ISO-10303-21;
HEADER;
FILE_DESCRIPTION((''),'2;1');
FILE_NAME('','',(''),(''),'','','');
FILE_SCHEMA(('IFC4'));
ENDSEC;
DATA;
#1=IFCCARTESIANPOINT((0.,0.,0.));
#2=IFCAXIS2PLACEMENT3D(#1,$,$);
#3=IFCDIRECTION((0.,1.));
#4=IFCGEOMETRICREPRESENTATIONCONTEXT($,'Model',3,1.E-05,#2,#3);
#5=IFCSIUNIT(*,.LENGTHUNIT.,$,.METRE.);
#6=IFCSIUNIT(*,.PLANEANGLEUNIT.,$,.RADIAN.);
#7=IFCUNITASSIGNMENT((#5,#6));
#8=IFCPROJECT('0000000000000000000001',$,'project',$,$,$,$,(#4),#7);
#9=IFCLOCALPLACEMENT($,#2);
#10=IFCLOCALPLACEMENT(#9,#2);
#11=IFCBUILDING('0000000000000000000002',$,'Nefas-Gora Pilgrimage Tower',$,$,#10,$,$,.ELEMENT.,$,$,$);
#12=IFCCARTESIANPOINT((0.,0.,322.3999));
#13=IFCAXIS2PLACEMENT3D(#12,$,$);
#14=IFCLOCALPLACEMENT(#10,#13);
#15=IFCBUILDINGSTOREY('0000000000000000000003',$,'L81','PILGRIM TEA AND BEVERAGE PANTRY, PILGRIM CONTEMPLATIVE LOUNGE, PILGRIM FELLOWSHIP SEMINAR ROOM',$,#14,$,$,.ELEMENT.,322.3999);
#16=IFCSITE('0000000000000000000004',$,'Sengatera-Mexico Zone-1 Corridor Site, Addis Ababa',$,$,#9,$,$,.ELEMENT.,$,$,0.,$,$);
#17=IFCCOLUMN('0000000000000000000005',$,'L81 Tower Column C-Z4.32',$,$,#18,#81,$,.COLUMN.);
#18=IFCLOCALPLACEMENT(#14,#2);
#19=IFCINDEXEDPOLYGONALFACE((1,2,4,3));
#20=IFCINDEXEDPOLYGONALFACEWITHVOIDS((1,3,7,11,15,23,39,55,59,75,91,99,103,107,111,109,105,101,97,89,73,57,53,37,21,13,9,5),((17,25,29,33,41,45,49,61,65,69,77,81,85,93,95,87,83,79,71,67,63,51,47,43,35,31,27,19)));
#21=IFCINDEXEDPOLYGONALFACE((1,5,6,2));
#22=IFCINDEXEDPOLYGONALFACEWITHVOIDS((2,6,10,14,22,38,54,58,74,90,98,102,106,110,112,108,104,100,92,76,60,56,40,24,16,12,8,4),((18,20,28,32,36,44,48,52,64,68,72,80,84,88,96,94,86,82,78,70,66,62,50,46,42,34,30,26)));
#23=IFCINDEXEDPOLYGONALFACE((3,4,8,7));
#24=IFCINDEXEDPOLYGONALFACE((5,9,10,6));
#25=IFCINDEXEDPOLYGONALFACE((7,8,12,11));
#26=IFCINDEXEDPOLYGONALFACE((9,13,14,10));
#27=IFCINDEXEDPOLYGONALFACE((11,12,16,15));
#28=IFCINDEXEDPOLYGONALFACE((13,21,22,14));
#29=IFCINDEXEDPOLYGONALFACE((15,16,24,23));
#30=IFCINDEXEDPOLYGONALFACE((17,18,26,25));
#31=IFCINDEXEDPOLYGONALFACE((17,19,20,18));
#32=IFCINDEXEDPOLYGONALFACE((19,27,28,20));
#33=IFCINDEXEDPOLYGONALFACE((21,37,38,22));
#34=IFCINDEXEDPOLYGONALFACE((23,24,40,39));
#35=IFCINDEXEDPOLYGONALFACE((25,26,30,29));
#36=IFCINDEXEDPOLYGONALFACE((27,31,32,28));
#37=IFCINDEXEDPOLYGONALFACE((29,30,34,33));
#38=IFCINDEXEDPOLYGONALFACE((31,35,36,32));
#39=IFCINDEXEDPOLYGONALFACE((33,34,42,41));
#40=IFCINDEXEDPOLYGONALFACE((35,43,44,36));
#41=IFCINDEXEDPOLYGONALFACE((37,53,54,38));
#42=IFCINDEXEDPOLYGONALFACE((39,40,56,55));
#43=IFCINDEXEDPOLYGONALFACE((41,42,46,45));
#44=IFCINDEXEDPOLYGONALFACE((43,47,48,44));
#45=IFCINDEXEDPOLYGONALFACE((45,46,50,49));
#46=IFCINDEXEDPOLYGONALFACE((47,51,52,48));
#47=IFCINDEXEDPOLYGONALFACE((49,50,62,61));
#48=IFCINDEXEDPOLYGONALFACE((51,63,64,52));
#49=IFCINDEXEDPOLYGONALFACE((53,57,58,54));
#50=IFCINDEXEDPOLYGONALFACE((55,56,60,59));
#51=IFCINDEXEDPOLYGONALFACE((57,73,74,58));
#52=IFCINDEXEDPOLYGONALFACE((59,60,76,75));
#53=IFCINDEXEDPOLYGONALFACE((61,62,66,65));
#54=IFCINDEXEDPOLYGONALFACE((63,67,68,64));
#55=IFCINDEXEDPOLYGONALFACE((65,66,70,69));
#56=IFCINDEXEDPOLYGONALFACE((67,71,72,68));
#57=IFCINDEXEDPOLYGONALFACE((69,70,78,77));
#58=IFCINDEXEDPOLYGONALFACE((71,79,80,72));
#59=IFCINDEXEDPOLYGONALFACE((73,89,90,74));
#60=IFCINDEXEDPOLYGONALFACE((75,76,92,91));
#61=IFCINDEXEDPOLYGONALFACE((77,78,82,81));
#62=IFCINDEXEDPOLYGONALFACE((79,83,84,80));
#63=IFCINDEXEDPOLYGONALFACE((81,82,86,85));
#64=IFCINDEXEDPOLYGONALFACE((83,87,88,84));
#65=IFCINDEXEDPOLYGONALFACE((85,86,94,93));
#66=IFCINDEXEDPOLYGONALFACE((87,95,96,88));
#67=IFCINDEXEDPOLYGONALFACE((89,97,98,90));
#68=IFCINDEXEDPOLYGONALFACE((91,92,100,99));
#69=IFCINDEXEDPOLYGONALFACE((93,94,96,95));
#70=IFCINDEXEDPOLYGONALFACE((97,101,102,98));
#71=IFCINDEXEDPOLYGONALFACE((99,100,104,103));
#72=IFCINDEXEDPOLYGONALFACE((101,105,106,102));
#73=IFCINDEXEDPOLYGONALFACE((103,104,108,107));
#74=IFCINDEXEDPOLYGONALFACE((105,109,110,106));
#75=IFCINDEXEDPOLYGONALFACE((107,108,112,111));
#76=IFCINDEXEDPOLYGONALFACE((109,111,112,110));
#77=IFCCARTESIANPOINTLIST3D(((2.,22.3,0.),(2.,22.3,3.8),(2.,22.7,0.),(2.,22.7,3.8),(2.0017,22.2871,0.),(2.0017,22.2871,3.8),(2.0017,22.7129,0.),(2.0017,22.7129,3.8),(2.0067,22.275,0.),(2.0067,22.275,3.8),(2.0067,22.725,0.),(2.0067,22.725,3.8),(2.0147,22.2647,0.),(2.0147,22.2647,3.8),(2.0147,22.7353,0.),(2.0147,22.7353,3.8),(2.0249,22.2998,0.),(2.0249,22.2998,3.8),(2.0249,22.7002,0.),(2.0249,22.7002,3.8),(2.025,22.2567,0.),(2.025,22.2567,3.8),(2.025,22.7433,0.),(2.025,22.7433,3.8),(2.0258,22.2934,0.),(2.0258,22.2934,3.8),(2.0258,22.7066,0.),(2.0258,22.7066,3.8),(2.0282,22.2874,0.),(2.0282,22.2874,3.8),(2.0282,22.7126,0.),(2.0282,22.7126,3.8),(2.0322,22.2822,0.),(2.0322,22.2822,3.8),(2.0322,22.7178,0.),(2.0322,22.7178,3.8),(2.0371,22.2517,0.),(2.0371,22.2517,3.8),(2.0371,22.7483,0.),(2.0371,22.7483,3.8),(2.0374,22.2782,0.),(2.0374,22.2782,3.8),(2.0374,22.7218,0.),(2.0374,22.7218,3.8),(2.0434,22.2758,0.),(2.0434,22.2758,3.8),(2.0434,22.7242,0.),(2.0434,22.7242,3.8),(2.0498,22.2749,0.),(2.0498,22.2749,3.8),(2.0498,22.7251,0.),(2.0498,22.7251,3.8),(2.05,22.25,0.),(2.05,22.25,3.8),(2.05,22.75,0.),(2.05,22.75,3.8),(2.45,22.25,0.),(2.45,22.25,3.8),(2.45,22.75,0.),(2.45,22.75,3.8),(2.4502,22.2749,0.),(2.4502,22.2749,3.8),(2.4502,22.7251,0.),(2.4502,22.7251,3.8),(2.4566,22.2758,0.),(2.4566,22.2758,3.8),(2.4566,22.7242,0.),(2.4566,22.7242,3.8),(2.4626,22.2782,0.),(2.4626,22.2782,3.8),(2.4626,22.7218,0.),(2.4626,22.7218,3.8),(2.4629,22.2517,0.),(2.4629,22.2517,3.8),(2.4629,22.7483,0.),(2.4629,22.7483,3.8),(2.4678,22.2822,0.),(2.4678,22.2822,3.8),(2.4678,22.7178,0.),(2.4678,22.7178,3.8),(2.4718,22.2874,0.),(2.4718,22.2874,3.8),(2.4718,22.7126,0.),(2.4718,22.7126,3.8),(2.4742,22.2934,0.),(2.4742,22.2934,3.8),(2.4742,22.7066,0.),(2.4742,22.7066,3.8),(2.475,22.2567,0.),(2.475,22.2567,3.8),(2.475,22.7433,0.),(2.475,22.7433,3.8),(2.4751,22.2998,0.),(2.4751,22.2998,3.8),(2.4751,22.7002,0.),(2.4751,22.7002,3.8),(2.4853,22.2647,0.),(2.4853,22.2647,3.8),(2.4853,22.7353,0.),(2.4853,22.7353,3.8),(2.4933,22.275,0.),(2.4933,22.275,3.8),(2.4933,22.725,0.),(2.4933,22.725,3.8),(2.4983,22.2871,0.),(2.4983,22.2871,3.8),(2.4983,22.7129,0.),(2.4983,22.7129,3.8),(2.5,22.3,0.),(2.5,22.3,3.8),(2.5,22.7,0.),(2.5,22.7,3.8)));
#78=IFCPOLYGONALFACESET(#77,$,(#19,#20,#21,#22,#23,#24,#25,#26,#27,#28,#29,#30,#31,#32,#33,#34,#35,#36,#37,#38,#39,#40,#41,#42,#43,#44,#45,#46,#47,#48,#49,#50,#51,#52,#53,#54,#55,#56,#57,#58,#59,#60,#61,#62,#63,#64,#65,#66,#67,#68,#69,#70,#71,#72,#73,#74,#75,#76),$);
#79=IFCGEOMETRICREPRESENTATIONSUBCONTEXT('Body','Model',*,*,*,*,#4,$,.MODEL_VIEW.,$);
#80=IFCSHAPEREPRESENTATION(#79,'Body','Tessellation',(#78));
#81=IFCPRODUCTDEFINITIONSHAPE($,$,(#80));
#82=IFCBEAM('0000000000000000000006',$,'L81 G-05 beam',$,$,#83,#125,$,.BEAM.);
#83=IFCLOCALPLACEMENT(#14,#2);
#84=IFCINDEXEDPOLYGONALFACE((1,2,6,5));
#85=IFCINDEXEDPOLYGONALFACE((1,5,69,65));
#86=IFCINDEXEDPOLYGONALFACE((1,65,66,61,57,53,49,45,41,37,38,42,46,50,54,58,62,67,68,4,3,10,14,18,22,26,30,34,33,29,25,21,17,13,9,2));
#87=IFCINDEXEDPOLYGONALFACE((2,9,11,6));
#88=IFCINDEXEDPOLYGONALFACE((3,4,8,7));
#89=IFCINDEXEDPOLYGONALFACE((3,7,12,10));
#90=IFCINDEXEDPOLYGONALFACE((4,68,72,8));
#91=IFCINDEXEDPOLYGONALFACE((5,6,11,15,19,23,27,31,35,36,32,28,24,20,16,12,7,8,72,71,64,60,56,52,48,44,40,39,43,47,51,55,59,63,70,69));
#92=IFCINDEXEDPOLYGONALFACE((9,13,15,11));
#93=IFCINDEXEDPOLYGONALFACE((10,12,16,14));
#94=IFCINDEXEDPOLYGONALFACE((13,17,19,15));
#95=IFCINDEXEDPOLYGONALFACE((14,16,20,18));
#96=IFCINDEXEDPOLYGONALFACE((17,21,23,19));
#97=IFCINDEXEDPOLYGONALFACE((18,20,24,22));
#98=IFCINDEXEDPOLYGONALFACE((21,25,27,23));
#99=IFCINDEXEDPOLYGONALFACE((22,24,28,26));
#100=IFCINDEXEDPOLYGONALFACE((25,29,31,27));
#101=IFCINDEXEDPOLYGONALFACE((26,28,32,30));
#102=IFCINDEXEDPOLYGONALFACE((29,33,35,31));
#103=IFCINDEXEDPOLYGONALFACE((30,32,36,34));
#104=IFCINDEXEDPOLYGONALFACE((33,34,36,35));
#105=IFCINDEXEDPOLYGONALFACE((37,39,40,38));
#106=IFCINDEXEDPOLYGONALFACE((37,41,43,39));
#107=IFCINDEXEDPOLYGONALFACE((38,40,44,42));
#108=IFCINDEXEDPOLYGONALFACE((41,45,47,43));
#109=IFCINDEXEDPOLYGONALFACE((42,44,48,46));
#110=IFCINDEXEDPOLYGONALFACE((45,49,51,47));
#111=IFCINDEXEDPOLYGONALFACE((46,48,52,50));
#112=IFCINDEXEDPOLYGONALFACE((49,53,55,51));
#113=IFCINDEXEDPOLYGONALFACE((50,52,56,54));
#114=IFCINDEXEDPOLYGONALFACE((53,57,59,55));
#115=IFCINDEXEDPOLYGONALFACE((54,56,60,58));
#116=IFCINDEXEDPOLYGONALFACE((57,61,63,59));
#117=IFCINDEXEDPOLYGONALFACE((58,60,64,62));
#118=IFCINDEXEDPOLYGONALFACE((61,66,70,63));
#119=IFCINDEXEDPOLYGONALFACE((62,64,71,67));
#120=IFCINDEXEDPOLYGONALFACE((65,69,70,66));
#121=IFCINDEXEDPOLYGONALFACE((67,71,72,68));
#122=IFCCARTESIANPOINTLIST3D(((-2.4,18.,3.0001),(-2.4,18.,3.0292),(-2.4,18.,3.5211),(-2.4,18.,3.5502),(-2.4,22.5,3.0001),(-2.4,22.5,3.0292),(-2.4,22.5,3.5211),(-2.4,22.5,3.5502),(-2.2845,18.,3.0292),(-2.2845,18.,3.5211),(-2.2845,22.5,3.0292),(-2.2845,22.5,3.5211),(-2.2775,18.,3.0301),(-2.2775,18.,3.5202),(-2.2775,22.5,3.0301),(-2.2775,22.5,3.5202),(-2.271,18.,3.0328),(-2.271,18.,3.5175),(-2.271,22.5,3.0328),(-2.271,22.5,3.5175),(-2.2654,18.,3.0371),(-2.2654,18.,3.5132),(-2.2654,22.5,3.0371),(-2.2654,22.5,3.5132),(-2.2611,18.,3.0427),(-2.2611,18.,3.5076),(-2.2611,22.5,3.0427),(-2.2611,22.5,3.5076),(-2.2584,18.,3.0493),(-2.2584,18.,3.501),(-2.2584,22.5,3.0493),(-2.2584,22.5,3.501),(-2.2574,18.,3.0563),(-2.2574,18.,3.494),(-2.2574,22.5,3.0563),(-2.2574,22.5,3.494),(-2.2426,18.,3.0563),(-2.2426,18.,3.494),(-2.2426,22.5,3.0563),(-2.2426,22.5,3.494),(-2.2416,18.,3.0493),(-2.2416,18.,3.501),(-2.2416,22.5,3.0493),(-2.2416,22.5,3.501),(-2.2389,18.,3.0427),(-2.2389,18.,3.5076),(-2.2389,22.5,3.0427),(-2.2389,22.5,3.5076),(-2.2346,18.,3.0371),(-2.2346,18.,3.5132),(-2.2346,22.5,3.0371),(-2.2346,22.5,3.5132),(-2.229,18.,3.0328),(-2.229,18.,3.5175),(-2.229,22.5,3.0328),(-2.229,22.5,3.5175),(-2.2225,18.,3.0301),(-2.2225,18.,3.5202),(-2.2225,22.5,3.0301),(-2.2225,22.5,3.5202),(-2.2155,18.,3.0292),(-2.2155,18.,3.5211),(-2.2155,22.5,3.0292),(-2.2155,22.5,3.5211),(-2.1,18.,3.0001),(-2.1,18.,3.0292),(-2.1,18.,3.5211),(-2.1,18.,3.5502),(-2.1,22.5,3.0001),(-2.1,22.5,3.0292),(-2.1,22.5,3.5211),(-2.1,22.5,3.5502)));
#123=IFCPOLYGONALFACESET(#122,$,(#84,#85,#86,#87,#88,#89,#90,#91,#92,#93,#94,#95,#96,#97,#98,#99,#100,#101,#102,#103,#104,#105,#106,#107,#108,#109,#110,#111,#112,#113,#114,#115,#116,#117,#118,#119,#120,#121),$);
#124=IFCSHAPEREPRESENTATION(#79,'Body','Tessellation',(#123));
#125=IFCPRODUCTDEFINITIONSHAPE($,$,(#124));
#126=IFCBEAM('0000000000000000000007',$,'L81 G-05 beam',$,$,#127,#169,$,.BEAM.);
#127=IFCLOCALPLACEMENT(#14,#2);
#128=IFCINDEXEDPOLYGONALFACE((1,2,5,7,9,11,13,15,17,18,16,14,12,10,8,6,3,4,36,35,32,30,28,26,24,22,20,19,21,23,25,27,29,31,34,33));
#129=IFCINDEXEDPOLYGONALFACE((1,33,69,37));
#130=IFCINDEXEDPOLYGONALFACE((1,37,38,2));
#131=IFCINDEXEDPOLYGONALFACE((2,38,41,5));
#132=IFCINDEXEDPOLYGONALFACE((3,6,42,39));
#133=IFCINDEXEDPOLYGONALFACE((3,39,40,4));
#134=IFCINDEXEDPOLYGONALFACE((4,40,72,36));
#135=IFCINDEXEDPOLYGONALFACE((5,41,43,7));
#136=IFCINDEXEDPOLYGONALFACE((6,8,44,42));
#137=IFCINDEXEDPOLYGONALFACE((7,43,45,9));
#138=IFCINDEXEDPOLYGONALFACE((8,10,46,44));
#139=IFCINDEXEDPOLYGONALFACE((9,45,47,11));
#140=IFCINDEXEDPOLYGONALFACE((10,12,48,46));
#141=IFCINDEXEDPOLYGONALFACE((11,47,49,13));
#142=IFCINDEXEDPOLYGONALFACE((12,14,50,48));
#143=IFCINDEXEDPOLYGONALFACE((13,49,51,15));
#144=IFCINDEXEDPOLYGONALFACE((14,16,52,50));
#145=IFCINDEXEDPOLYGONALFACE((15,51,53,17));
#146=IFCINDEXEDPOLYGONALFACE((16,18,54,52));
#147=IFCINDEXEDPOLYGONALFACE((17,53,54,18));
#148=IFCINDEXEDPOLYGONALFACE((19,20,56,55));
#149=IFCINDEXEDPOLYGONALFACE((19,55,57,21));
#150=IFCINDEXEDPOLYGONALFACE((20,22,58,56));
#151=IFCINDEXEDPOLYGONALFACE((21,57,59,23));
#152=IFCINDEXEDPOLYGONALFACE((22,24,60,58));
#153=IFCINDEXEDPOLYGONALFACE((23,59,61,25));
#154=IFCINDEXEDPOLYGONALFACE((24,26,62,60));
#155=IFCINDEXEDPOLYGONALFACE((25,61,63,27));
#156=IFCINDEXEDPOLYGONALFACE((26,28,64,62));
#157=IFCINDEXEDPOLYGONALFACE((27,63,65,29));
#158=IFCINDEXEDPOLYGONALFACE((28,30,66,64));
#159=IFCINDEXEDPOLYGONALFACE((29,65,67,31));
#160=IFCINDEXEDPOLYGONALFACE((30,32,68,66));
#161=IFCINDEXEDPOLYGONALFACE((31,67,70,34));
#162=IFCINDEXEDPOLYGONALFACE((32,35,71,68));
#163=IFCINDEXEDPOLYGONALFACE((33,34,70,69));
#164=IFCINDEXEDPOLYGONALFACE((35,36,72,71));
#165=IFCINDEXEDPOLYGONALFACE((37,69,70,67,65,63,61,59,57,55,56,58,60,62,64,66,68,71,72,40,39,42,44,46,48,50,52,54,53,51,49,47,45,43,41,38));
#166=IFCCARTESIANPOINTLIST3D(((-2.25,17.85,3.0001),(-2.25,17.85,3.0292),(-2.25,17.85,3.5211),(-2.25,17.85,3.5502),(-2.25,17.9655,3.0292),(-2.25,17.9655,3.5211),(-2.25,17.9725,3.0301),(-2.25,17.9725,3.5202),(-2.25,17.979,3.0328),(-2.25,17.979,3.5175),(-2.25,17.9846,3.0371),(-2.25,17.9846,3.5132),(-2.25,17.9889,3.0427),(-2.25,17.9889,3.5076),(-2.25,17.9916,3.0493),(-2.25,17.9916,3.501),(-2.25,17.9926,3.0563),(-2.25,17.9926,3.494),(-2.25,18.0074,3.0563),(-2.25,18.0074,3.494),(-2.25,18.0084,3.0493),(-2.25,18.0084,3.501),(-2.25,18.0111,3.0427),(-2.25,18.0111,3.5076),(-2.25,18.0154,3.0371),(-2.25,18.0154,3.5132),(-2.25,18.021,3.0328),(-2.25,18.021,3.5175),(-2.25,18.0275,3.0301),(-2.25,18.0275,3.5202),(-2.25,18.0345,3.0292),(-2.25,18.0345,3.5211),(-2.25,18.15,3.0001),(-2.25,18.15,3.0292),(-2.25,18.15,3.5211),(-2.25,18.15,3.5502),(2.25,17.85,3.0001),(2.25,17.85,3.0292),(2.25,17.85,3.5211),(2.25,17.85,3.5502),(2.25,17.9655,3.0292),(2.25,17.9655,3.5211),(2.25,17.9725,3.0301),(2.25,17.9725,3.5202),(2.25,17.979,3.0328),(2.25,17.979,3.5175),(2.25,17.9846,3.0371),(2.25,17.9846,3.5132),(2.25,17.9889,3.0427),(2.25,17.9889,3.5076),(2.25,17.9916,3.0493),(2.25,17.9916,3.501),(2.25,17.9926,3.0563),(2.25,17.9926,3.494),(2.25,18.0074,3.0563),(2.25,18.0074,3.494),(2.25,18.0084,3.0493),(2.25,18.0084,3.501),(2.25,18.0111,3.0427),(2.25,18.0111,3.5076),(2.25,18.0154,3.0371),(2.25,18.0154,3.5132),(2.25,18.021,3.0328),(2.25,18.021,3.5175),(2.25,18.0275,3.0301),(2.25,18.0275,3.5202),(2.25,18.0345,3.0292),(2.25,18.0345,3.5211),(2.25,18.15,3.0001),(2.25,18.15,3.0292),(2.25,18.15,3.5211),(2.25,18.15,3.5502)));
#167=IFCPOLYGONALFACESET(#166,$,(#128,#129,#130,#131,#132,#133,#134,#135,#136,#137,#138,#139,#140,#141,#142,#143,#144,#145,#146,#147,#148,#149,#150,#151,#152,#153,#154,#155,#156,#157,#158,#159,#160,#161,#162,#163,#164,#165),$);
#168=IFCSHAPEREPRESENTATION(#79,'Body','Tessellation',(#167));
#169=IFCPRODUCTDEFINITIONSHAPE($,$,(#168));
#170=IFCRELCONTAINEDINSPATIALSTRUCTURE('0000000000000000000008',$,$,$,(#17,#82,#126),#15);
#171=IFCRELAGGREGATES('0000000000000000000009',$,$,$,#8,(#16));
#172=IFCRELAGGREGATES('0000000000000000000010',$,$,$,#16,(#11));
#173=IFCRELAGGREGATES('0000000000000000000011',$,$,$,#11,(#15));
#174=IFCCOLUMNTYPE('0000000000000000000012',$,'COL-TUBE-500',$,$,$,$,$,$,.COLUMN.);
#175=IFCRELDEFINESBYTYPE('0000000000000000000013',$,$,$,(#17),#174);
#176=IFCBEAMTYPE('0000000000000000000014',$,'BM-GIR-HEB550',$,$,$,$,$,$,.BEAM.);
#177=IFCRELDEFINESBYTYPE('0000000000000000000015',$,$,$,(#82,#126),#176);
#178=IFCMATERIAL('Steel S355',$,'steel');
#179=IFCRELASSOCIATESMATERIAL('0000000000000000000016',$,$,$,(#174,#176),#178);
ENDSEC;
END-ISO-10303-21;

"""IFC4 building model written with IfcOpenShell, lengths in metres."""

from ifc_helpers import new_model, si_unit, direction, frame, origin, origin_2d, place, context, subcontext, project, spatial, hollow_rectangle, i_section, extrude, source, transform, mapped, material, material_profile, profile_set, type_object, element, save


model = new_model("IFC4")

# Units and contexts
model_context = context("Model", 3, precision=1e-05, world=origin(), true_north=direction((0.0, 1.0)))
body_context = subcontext(model_context, "Body", "Model", "MODEL_VIEW")
ifc_project = project(units=[si_unit("LENGTHUNIT", "METRE"), si_unit("PLANEANGLEUNIT", "RADIAN")], contexts=[model_context])

# Site, building, storey
site_placement = place(None, origin())
site = spatial("IfcSite", under=ifc_project, at=site_placement, Name="Sengatera-Mexico Zone-1 Corridor Site, Addis Ababa", CompositionType="ELEMENT", RefElevation=0.0)
building_placement = place(site_placement, origin())
building = spatial("IfcBuilding", under=site, at=building_placement, Name="Nefas-Gora Pilgrimage Tower", CompositionType="ELEMENT")
storey_placement = place(building_placement, frame((0.0, 0.0, 322.3999)))
storey = spatial("IfcBuildingStorey", under=building, at=storey_placement, Name="L81", Description="PILGRIM TEA AND BEVERAGE PANTRY, PILGRIM CONTEMPLATIVE LOUNGE, PILGRIM FELLOWSHIP SEMINAR ROOM", CompositionType="ELEMENT", Elevation=322.3999)

# Column
ifc_material_1 = material(Name="Steel S355", Category="steel")
ifc_material_profile_1 = material_profile(ifc_material_1, hollow_rectangle(XDim=0.5, YDim=0.5, WallThickness=0.0249, InnerFilletRadius=0.0249, OuterFilletRadius=0.05, at=origin_2d()), Name="SHS 500x500x25")
ifc_profile_set_1 = profile_set([ifc_material_profile_1], Name="Steel S355")
column_type_1 = type_object("IfcColumnType", Name="COL-TUBE-500", PredefinedType="COLUMN", material=ifc_profile_set_1)
shared_shape_1 = source(origin(), body_context, "Body", "SweptSolid", [
    extrude(hollow_rectangle(XDim=0.5, YDim=0.5, WallThickness=0.0249, InnerFilletRadius=0.0249, OuterFilletRadius=0.05, at=origin_2d()), origin(), (0.0, 0.0, 1.0), 3.8),
])
column_placement = place(storey_placement, frame((2.25, 22.5, 0.0), z_axis=(0.0, 0.0, 1.0), x_axis=(1.0, 0.0, 0.0)))
element("IfcColumn", 1, at=column_placement, inside=storey, type_object=column_type_1, Name="L81 Tower Column C-Z4.32", PredefinedType="COLUMN", context=body_context, shape_type="MappedRepresentation", body=[
    mapped(shared_shape_1, transform((0.0, 0.0, 0.0), x_axis=(1.0, 0.0, 0.0), y_axis=(0.0, 1.0, 0.0), z_axis=(0.0, 0.0, 1.0), scale=1.0)),
])

# Beams
ifc_material_profile_2 = material_profile(ifc_material_1, i_section(OverallWidth=0.3, OverallDepth=0.55, WebThickness=0.0149, FlangeThickness=0.0291, FilletRadius=0.0271, at=origin_2d()), Name="HEB 550")
ifc_profile_set_2 = profile_set([ifc_material_profile_2], Name="Steel S355")
beam_type = type_object("IfcBeamType", Name="BM-GIR-HEB550", PredefinedType="BEAM", material=ifc_profile_set_2)
shared_shape_2 = source(origin(), body_context, "Body", "SweptSolid", [
    extrude(i_section(OverallWidth=0.3, OverallDepth=0.55, WebThickness=0.0149, FlangeThickness=0.0291, FilletRadius=0.0271, at=origin_2d()), origin(), (0.0, 0.0, 1.0), 4.5),
])
for number, where, z_axis, x_axis, name in (
    (2, (-2.25, 18.0, 3.2751), (0.0, 1.0, 0.0), (-1.0, 0.0, 0.0), "L81 G-05 beam"),
    (3, (-2.25, 18.0, 3.2751), (1.0, 0.0, 0.0), (0.0, 1.0, 0.0), "L81 G-05 beam"),
):
    element("IfcBeam", number, at=place(storey_placement, frame(where, z_axis=z_axis, x_axis=x_axis)), inside=storey, type_object=beam_type, Name=name, PredefinedType="BEAM", context=body_context, shape_type="MappedRepresentation", body=[
        mapped(shared_shape_2, transform((0.0, 0.0, 0.0), x_axis=(1.0, 0.0, 0.0), y_axis=(0.0, 1.0, 0.0), z_axis=(0.0, 0.0, 1.0), scale=1.0)),
    ])

save(model, "model.ifc")
